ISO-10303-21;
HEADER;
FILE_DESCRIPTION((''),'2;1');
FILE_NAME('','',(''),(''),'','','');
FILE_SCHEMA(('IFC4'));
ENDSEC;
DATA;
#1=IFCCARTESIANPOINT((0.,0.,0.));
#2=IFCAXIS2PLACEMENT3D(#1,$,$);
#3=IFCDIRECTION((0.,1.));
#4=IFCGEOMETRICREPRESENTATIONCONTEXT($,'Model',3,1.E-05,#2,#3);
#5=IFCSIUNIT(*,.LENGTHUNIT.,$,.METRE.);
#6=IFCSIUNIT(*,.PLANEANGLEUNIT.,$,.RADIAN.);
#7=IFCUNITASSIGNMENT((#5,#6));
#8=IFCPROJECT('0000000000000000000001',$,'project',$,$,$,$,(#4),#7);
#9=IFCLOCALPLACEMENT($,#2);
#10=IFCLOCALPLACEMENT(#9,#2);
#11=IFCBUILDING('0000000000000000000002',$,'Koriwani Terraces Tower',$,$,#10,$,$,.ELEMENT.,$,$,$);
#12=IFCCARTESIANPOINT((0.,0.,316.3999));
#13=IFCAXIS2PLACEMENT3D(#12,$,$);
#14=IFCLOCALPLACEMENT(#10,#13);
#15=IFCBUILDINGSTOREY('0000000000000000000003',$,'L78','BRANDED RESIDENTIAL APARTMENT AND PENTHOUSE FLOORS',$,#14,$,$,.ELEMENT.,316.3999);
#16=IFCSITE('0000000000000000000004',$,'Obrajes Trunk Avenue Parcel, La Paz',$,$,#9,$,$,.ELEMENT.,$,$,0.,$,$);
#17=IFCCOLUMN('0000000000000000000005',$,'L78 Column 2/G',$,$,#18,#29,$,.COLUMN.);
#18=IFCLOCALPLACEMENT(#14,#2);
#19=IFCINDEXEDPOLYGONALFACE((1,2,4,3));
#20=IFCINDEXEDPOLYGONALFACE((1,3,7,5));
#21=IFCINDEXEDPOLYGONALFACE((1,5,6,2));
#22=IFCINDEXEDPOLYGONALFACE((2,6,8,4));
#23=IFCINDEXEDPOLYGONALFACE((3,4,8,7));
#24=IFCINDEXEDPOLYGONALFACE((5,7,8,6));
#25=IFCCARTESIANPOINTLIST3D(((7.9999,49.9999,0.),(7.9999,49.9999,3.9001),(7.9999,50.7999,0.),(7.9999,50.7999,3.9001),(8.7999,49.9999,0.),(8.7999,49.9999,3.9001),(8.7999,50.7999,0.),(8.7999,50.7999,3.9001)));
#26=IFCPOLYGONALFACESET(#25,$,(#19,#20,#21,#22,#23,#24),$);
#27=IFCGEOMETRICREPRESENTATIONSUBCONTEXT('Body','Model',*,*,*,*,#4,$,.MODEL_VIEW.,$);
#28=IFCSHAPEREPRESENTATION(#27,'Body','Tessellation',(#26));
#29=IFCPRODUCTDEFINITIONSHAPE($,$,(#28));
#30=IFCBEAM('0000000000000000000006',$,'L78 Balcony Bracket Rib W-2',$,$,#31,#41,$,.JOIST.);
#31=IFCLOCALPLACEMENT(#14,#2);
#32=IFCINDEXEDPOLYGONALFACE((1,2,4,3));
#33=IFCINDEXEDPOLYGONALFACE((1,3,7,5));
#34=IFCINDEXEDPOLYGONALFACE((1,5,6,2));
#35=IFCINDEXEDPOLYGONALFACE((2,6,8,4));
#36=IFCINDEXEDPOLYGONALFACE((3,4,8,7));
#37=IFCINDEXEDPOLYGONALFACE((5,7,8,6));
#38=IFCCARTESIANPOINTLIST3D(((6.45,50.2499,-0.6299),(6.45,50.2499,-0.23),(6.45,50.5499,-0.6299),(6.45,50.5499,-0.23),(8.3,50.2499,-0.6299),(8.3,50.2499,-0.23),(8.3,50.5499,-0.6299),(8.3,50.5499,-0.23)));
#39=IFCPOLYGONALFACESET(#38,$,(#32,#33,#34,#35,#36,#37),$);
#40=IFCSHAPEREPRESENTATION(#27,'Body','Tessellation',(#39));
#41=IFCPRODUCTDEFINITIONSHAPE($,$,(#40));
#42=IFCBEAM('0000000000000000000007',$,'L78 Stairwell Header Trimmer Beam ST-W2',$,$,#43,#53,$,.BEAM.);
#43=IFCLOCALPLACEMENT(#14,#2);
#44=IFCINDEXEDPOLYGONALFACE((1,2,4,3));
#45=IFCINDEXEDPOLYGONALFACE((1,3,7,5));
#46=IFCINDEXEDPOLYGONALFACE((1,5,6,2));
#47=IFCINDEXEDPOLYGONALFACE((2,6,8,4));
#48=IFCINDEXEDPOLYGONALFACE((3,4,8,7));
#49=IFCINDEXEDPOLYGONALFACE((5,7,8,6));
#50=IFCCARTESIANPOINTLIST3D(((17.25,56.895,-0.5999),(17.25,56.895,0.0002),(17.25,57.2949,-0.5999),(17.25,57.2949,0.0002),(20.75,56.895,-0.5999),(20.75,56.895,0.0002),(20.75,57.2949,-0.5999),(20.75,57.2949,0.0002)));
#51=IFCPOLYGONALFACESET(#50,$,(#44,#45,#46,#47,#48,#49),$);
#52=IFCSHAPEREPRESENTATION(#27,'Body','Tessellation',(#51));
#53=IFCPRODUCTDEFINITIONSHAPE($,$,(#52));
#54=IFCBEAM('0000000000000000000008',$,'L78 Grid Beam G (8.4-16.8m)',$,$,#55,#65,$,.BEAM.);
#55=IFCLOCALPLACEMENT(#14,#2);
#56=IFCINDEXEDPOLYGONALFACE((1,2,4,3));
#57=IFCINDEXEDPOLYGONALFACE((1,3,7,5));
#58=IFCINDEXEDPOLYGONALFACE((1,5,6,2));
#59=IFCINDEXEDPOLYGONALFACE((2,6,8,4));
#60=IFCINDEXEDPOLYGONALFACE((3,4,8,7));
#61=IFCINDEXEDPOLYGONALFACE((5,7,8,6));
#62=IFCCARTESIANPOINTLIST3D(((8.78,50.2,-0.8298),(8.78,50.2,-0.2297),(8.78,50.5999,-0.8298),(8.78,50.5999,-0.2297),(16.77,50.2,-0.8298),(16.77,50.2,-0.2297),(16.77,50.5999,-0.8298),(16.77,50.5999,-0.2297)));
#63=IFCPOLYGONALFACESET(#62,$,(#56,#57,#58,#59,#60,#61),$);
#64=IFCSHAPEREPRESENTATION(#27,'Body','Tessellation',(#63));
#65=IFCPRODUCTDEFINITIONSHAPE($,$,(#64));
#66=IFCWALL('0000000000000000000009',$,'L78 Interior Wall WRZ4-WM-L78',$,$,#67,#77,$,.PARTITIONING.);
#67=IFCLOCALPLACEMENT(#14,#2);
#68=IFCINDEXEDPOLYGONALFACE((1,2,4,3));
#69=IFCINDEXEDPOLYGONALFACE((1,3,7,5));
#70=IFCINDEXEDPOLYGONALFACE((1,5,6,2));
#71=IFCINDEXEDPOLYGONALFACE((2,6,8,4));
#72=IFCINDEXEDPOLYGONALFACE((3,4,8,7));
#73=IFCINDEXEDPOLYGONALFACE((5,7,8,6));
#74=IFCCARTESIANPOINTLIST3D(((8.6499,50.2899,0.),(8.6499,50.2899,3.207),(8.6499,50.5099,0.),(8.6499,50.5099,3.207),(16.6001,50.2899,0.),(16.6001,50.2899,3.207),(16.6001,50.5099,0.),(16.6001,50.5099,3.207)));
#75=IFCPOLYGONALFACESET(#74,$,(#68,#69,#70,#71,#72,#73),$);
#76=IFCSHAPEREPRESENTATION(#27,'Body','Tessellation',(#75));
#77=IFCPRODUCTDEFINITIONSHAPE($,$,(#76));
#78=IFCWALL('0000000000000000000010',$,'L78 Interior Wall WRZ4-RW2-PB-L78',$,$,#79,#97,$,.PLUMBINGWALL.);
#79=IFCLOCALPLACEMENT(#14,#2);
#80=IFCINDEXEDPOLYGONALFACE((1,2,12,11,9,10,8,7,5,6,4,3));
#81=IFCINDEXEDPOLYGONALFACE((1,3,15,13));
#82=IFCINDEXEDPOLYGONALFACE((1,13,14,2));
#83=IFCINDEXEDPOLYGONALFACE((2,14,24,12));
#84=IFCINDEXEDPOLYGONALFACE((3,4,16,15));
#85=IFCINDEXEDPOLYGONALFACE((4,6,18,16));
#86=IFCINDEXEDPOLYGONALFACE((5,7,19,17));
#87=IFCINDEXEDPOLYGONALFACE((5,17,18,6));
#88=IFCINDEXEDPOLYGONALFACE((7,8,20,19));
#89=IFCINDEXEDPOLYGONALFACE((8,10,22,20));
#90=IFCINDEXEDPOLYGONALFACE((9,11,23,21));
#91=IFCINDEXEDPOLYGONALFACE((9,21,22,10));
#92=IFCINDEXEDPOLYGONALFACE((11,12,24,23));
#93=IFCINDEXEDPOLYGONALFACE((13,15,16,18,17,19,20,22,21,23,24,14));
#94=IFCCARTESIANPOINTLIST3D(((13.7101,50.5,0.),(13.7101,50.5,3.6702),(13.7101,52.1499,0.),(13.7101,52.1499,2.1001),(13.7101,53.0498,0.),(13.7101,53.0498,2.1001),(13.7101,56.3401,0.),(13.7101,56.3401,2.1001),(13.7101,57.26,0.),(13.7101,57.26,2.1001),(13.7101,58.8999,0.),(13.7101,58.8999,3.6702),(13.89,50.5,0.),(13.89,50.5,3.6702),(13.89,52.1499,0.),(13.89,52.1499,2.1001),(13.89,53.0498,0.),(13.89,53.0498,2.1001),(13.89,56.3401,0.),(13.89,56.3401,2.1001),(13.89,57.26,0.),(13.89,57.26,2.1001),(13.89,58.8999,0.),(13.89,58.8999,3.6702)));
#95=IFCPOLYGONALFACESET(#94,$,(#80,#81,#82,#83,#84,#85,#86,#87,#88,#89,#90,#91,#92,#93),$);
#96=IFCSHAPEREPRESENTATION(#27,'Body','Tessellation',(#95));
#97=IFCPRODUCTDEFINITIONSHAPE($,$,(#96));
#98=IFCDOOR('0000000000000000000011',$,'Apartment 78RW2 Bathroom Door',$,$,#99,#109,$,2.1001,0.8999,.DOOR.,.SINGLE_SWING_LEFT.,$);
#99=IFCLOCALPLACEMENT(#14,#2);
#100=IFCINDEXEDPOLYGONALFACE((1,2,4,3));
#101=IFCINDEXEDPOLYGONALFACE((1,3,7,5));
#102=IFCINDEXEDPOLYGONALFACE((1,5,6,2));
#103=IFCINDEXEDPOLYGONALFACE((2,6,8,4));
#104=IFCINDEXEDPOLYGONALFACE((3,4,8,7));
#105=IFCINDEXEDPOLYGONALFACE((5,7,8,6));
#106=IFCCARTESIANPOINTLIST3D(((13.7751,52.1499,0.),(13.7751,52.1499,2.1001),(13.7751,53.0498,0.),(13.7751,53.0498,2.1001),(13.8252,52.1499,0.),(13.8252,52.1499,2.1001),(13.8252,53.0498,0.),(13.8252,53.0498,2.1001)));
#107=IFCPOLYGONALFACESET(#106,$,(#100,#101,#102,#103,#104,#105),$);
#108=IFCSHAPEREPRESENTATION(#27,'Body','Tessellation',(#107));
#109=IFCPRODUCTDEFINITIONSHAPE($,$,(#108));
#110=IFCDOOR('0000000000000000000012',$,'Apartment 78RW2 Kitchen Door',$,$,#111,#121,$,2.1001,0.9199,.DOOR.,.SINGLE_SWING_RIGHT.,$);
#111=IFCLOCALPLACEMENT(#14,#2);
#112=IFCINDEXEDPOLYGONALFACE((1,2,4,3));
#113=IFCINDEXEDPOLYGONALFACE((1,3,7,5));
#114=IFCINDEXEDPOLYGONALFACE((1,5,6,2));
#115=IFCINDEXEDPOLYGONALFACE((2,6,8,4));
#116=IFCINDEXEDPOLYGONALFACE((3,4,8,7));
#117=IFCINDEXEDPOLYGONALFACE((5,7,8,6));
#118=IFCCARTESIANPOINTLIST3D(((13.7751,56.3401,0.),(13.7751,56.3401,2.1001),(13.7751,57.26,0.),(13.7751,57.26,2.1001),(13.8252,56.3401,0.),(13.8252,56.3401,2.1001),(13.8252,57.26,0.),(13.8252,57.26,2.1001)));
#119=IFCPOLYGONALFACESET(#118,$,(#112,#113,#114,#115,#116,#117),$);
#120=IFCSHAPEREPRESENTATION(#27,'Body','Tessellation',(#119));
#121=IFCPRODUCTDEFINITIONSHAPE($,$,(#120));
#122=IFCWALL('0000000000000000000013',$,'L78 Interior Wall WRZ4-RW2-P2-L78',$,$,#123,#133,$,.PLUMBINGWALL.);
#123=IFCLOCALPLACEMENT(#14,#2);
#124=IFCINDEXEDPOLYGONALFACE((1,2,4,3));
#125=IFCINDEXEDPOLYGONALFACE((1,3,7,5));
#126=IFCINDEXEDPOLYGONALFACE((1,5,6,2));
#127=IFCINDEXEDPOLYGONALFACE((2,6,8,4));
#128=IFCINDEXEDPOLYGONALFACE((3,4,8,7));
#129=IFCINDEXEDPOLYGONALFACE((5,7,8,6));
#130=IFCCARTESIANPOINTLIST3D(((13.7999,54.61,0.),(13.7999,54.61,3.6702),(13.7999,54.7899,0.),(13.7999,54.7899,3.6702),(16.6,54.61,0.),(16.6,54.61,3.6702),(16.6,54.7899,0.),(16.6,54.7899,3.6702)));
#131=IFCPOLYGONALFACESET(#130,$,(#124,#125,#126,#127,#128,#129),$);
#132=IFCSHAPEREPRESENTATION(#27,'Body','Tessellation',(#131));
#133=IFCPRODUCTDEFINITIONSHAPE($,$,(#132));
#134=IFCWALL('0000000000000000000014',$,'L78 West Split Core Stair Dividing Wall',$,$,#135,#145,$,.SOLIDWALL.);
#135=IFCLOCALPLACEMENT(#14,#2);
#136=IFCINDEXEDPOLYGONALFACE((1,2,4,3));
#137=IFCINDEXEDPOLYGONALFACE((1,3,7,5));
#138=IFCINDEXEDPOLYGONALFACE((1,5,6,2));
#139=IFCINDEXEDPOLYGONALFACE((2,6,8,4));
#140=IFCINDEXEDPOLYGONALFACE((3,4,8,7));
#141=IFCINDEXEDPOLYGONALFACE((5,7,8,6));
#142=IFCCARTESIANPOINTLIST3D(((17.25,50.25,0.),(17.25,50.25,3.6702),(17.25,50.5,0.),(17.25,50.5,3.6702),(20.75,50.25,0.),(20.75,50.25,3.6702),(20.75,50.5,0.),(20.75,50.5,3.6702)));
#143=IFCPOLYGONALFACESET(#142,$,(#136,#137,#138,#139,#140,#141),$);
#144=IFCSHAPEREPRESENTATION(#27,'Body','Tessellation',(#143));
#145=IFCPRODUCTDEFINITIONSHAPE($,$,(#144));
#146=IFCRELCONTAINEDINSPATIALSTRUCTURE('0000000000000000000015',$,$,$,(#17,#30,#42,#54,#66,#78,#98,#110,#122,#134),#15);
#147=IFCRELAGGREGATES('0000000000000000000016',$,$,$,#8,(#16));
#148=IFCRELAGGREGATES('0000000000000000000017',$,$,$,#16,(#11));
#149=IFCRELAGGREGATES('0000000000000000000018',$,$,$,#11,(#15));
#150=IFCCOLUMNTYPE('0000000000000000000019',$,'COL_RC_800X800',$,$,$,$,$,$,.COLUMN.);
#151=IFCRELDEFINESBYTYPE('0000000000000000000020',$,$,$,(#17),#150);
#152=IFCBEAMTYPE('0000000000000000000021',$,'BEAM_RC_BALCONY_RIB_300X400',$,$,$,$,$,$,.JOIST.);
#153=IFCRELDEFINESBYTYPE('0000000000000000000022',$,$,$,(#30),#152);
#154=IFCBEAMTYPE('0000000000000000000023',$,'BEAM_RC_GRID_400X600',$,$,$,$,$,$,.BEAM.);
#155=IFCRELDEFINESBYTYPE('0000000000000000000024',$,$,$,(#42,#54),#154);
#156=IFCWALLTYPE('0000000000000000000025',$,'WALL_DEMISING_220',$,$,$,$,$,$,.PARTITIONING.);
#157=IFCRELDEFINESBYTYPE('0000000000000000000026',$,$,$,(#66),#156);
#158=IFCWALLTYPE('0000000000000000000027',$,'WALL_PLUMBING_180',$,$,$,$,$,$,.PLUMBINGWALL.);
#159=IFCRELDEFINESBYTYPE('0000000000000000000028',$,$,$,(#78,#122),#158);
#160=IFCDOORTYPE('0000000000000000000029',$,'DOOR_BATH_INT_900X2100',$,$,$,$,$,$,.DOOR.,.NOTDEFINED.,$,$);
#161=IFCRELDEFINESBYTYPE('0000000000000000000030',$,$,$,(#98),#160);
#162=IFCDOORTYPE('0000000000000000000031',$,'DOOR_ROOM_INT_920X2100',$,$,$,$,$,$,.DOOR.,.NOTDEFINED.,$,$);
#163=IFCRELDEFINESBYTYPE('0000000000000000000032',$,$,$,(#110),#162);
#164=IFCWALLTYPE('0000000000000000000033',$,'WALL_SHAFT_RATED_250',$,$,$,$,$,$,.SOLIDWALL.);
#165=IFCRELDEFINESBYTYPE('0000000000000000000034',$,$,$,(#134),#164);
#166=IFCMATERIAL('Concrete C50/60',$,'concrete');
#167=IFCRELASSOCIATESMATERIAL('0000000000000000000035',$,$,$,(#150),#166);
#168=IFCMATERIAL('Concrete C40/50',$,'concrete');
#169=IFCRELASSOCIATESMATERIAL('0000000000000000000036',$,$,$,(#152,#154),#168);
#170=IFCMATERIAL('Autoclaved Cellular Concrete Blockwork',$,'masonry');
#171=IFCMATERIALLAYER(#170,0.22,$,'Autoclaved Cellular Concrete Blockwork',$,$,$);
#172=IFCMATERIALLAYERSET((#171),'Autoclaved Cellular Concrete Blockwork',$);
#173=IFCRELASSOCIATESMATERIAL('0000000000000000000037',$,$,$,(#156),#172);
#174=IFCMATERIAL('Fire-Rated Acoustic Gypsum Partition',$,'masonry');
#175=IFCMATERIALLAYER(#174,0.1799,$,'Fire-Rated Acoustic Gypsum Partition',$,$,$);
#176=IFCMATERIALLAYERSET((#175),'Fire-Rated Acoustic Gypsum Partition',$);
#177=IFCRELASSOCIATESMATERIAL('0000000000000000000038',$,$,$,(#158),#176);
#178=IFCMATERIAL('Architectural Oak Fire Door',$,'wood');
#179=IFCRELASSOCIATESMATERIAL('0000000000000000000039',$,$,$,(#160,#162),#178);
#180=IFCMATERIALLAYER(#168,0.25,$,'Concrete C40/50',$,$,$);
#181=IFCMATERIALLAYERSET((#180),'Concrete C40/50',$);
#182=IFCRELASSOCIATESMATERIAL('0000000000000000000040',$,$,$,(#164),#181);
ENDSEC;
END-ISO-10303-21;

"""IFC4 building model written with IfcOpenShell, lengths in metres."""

from ifc_helpers import new_model, si_unit, direction, frame, frame_2d, origin, origin_2d, place, context, subcontext, project, spatial, rectangle, extrude, material, layer, layer_set, material_profile, profile_set, type_object, element, fill, save


model = new_model("IFC4")

# Units and contexts
model_context = context("Model", 3, precision=1e-05, world=origin(), true_north=direction((0.0, 1.0)))
body_context = subcontext(model_context, "Body", "Model", "MODEL_VIEW")
ifc_project = project(units=[si_unit("LENGTHUNIT", "METRE"), si_unit("PLANEANGLEUNIT", "RADIAN")], contexts=[model_context])

# Site, building, storey
site_placement = place(None, origin())
site = spatial("IfcSite", under=ifc_project, at=site_placement, Name="Obrajes Trunk Avenue Parcel, La Paz", CompositionType="ELEMENT", RefElevation=0.0)
building_placement = place(site_placement, origin())
building = spatial("IfcBuilding", under=site, at=building_placement, Name="Koriwani Terraces Tower", CompositionType="ELEMENT")
storey_placement = place(building_placement, frame((0.0, 0.0, 316.3999)))
storey = spatial("IfcBuildingStorey", under=building, at=storey_placement, Name="L78", Description="BRANDED RESIDENTIAL APARTMENT AND PENTHOUSE FLOORS", CompositionType="ELEMENT", Elevation=316.3999)

# Column
ifc_material_1 = material(Name="Concrete C50/60", Category="concrete")
ifc_material_profile_1 = material_profile(ifc_material_1, rectangle(XDim=0.8, YDim=0.8, at=origin_2d()), Name="Concrete C50/60", Category="LoadBearing")
ifc_profile_set_1 = profile_set([ifc_material_profile_1], Name="Concrete C50/60")
column_type = type_object("IfcColumnType", Name="COL_RC_800X800", PredefinedType="COLUMN", material=ifc_profile_set_1)
column_placement = place(storey_placement, frame((8.3999, 50.3999, 0.0), z_axis=(0.0, 0.0, 1.0), x_axis=(1.0, 0.0, 0.0)))
element("IfcColumn", 1, at=column_placement, inside=storey, type_object=column_type, Name="L78 Column 2/G", PredefinedType="COLUMN", context=body_context, shape_type="SweptSolid", body=[
    extrude(rectangle(XDim=0.8, YDim=0.8, at=origin_2d()), origin(), (0.0, 0.0, 1.0), 3.9001),
])

# Beams
ifc_material_2 = material(Name="Concrete C40/50", Category="concrete")
ifc_material_profile_2 = material_profile(ifc_material_2, rectangle(XDim=0.3, YDim=0.3999, at=origin_2d()), Name="Concrete C40/50", Category="LoadBearing")
ifc_profile_set_2 = profile_set([ifc_material_profile_2], Name="Concrete C40/50")
beam_type_1 = type_object("IfcBeamType", Name="BEAM_RC_BALCONY_RIB_300X400", PredefinedType="JOIST", material=ifc_profile_set_2)
beam_1_placement = place(storey_placement, frame((6.45, 50.3999, -0.4299), z_axis=(1.0, 0.0, 0.0), x_axis=(0.0, 1.0, 0.0)))
element("IfcBeam", 2, at=beam_1_placement, inside=storey, type_object=beam_type_1, Name="L78 Balcony Bracket Rib W-2", PredefinedType="JOIST", context=body_context, shape_type="SweptSolid", body=[
    extrude(rectangle(XDim=0.3, YDim=0.3999, at=origin_2d()), origin(), (0.0, 0.0, 1.0), 1.8501),
])
ifc_material_profile_3 = material_profile(ifc_material_2, rectangle(XDim=0.3999, YDim=0.6001, at=origin_2d()), Name="Concrete C40/50", Category="LoadBearing")
ifc_profile_set_3 = profile_set([ifc_material_profile_3], Name="Concrete C40/50")
beam_type_2 = type_object("IfcBeamType", Name="BEAM_RC_GRID_400X600", PredefinedType="BEAM", material=ifc_profile_set_3)
beam_2_placement = place(storey_placement, frame((17.25, 57.095, -0.2998), z_axis=(1.0, 0.0, 0.0), x_axis=(0.0, 1.0, 0.0)))
element("IfcBeam", 3, at=beam_2_placement, inside=storey, type_object=beam_type_2, Name="L78 Stairwell Header Trimmer Beam ST-W2", PredefinedType="BEAM", context=body_context, shape_type="SweptSolid", body=[
    extrude(rectangle(XDim=0.3999, YDim=0.6001, at=origin_2d()), origin(), (0.0, 0.0, 1.0), 3.5),
])
beam_3_placement = place(storey_placement, frame((8.78, 50.3999, -0.5298), z_axis=(1.0, 0.0, 0.0), x_axis=(0.0, 1.0, 0.0)))
element("IfcBeam", 4, at=beam_3_placement, inside=storey, type_object=beam_type_2, Name="L78 Grid Beam G (8.4-16.8m)", PredefinedType="BEAM", context=body_context, shape_type="SweptSolid", body=[
    extrude(rectangle(XDim=0.3999, YDim=0.6001, at=origin_2d()), origin(), (0.0, 0.0, 1.0), 7.99),
])

# Wall
ifc_material_3 = material(Name="Autoclaved Cellular Concrete Blockwork", Category="masonry")
ifc_layer_1 = layer(ifc_material_3, 0.22, Name="Autoclaved Cellular Concrete Blockwork")
ifc_layer_set_1 = layer_set([ifc_layer_1], Name="Autoclaved Cellular Concrete Blockwork")
wall_type_1 = type_object("IfcWallType", Name="WALL_DEMISING_220", PredefinedType="PARTITIONING", material=ifc_layer_set_1)
wall_1_placement = place(storey_placement, frame((8.6499, 50.3999, 0.0), z_axis=(0.0, 0.0, 1.0), x_axis=(1.0, 0.0, 0.0)))
element("IfcWall", 5, at=wall_1_placement, inside=storey, type_object=wall_type_1, Name="L78 Interior Wall WRZ4-WM-L78", PredefinedType="PARTITIONING", context=body_context, shape_type="SweptSolid", body=[
    extrude(rectangle(XDim=7.9502, YDim=0.22, at=frame_2d((3.9751, 0.0))), origin(), (0.0, 0.0, 1.0), 3.207),
])

# Wall, openings, doors
ifc_material_4 = material(Name="Fire-Rated Acoustic Gypsum Partition", Category="masonry")
ifc_layer_2 = layer(ifc_material_4, 0.1799, Name="Fire-Rated Acoustic Gypsum Partition")
ifc_layer_set_2 = layer_set([ifc_layer_2], Name="Fire-Rated Acoustic Gypsum Partition")
wall_type_2 = type_object("IfcWallType", Name="WALL_PLUMBING_180", PredefinedType="PLUMBINGWALL", material=ifc_layer_set_2)
wall_2_placement = place(storey_placement, frame((13.8, 50.5, 0.0), z_axis=(0.0, 0.0, 1.0), x_axis=(0.0, 1.0, 0.0)))
wall_2 = element("IfcWall", 6, at=wall_2_placement, inside=storey, type_object=wall_type_2, Name="L78 Interior Wall WRZ4-RW2-PB-L78", PredefinedType="PLUMBINGWALL", context=body_context, shape_type="SweptSolid", body=[
    extrude(rectangle(XDim=8.3999, YDim=0.1799, at=frame_2d((4.2, 0.0))), origin(), (0.0, 0.0, 1.0), 3.6702),
])
opening_1_placement = place(wall_2_placement, frame((1.6499, 0.0, 0.0)))
opening_1 = element("IfcOpeningElement", 7, at=opening_1_placement, cuts=wall_2, PredefinedType="OPENING", context=body_context, shape_type="SweptSolid", body=[
    extrude(rectangle(XDim=0.8999, YDim=2.1001, at=frame_2d((0.45, 1.05))), frame((0.0, 0.1001, 0.0), z_axis=(0.0, -1.0, 0.0), x_axis=(1.0, 0.0, 0.0)), (0.0, 0.0, 1.0), 0.2),
])
opening_2_placement = place(wall_2_placement, frame((5.8401, 0.0, 0.0)))
opening_2 = element("IfcOpeningElement", 8, at=opening_2_placement, cuts=wall_2, PredefinedType="OPENING", context=body_context, shape_type="SweptSolid", body=[
    extrude(rectangle(XDim=0.9199, YDim=2.1001, at=frame_2d((0.46, 1.05))), frame((0.0, 0.1001, 0.0), z_axis=(0.0, -1.0, 0.0), x_axis=(1.0, 0.0, 0.0)), (0.0, 0.0, 1.0), 0.2),
])
ifc_material_5 = material(Name="Architectural Oak Fire Door", Category="wood")
door_type_1 = type_object("IfcDoorType", Name="DOOR_BATH_INT_900X2100", OperationType="NOTDEFINED", PredefinedType="DOOR", material=ifc_material_5)
door_1_placement = place(opening_1_placement, origin())
door_1 = element("IfcDoor", 9, at=door_1_placement, inside=storey, type_object=door_type_1, Name="Apartment 78RW2 Bathroom Door", OperationType="SINGLE_SWING_LEFT", OverallHeight=2.1001, OverallWidth=0.8999, PredefinedType="DOOR", context=body_context, shape_type="SweptSolid", body=[
    extrude(rectangle(XDim=0.8999, YDim=2.1001, at=frame_2d((0.45, 1.05))), frame((0.0, 0.0249, 0.0), z_axis=(0.0, -1.0, 0.0), x_axis=(1.0, 0.0, 0.0)), (0.0, 0.0, 1.0), 0.05),
])
fill(opening_1, door_1)
door_type_2 = type_object("IfcDoorType", Name="DOOR_ROOM_INT_920X2100", OperationType="NOTDEFINED", PredefinedType="DOOR", material=ifc_material_5)
door_2_placement = place(opening_2_placement, origin())
door_2 = element("IfcDoor", 10, at=door_2_placement, inside=storey, type_object=door_type_2, Name="Apartment 78RW2 Kitchen Door", OperationType="SINGLE_SWING_RIGHT", OverallHeight=2.1001, OverallWidth=0.9199, PredefinedType="DOOR", context=body_context, shape_type="SweptSolid", body=[
    extrude(rectangle(XDim=0.9199, YDim=2.1001, at=frame_2d((0.46, 1.05))), frame((0.0, 0.0249, 0.0), z_axis=(0.0, -1.0, 0.0), x_axis=(1.0, 0.0, 0.0)), (0.0, 0.0, 1.0), 0.05),
])
fill(opening_2, door_2)

# Walls
wall_3_placement = place(storey_placement, frame((13.8, 54.7, 0.0), z_axis=(0.0, 0.0, 1.0), x_axis=(1.0, 0.0, 0.0)))
element("IfcWall", 11, at=wall_3_placement, inside=storey, type_object=wall_type_2, Name="L78 Interior Wall WRZ4-RW2-P2-L78", PredefinedType="PLUMBINGWALL", context=body_context, shape_type="SweptSolid", body=[
    extrude(rectangle(XDim=2.8, YDim=0.1799, at=frame_2d((1.3999, 0.0))), origin(), (0.0, 0.0, 1.0), 3.6702),
])
ifc_layer_3 = layer(ifc_material_2, 0.25, Name="Concrete C40/50")
ifc_layer_set_3 = layer_set([ifc_layer_3], Name="Concrete C40/50")
wall_type_3 = type_object("IfcWallType", Name="WALL_SHAFT_RATED_250", PredefinedType="SOLIDWALL", material=ifc_layer_set_3)
wall_4_placement = place(storey_placement, frame((17.25, 50.375, 0.0), z_axis=(0.0, 0.0, 1.0), x_axis=(1.0, 0.0, 0.0)))
element("IfcWall", 12, at=wall_4_placement, inside=storey, type_object=wall_type_3, Name="L78 West Split Core Stair Dividing Wall", PredefinedType="SOLIDWALL", context=body_context, shape_type="SweptSolid", body=[
    extrude(rectangle(XDim=3.5, YDim=0.25, at=frame_2d((1.75, 0.0))), origin(), (0.0, 0.0, 1.0), 3.6702),
])

save(model, "model.ifc")
